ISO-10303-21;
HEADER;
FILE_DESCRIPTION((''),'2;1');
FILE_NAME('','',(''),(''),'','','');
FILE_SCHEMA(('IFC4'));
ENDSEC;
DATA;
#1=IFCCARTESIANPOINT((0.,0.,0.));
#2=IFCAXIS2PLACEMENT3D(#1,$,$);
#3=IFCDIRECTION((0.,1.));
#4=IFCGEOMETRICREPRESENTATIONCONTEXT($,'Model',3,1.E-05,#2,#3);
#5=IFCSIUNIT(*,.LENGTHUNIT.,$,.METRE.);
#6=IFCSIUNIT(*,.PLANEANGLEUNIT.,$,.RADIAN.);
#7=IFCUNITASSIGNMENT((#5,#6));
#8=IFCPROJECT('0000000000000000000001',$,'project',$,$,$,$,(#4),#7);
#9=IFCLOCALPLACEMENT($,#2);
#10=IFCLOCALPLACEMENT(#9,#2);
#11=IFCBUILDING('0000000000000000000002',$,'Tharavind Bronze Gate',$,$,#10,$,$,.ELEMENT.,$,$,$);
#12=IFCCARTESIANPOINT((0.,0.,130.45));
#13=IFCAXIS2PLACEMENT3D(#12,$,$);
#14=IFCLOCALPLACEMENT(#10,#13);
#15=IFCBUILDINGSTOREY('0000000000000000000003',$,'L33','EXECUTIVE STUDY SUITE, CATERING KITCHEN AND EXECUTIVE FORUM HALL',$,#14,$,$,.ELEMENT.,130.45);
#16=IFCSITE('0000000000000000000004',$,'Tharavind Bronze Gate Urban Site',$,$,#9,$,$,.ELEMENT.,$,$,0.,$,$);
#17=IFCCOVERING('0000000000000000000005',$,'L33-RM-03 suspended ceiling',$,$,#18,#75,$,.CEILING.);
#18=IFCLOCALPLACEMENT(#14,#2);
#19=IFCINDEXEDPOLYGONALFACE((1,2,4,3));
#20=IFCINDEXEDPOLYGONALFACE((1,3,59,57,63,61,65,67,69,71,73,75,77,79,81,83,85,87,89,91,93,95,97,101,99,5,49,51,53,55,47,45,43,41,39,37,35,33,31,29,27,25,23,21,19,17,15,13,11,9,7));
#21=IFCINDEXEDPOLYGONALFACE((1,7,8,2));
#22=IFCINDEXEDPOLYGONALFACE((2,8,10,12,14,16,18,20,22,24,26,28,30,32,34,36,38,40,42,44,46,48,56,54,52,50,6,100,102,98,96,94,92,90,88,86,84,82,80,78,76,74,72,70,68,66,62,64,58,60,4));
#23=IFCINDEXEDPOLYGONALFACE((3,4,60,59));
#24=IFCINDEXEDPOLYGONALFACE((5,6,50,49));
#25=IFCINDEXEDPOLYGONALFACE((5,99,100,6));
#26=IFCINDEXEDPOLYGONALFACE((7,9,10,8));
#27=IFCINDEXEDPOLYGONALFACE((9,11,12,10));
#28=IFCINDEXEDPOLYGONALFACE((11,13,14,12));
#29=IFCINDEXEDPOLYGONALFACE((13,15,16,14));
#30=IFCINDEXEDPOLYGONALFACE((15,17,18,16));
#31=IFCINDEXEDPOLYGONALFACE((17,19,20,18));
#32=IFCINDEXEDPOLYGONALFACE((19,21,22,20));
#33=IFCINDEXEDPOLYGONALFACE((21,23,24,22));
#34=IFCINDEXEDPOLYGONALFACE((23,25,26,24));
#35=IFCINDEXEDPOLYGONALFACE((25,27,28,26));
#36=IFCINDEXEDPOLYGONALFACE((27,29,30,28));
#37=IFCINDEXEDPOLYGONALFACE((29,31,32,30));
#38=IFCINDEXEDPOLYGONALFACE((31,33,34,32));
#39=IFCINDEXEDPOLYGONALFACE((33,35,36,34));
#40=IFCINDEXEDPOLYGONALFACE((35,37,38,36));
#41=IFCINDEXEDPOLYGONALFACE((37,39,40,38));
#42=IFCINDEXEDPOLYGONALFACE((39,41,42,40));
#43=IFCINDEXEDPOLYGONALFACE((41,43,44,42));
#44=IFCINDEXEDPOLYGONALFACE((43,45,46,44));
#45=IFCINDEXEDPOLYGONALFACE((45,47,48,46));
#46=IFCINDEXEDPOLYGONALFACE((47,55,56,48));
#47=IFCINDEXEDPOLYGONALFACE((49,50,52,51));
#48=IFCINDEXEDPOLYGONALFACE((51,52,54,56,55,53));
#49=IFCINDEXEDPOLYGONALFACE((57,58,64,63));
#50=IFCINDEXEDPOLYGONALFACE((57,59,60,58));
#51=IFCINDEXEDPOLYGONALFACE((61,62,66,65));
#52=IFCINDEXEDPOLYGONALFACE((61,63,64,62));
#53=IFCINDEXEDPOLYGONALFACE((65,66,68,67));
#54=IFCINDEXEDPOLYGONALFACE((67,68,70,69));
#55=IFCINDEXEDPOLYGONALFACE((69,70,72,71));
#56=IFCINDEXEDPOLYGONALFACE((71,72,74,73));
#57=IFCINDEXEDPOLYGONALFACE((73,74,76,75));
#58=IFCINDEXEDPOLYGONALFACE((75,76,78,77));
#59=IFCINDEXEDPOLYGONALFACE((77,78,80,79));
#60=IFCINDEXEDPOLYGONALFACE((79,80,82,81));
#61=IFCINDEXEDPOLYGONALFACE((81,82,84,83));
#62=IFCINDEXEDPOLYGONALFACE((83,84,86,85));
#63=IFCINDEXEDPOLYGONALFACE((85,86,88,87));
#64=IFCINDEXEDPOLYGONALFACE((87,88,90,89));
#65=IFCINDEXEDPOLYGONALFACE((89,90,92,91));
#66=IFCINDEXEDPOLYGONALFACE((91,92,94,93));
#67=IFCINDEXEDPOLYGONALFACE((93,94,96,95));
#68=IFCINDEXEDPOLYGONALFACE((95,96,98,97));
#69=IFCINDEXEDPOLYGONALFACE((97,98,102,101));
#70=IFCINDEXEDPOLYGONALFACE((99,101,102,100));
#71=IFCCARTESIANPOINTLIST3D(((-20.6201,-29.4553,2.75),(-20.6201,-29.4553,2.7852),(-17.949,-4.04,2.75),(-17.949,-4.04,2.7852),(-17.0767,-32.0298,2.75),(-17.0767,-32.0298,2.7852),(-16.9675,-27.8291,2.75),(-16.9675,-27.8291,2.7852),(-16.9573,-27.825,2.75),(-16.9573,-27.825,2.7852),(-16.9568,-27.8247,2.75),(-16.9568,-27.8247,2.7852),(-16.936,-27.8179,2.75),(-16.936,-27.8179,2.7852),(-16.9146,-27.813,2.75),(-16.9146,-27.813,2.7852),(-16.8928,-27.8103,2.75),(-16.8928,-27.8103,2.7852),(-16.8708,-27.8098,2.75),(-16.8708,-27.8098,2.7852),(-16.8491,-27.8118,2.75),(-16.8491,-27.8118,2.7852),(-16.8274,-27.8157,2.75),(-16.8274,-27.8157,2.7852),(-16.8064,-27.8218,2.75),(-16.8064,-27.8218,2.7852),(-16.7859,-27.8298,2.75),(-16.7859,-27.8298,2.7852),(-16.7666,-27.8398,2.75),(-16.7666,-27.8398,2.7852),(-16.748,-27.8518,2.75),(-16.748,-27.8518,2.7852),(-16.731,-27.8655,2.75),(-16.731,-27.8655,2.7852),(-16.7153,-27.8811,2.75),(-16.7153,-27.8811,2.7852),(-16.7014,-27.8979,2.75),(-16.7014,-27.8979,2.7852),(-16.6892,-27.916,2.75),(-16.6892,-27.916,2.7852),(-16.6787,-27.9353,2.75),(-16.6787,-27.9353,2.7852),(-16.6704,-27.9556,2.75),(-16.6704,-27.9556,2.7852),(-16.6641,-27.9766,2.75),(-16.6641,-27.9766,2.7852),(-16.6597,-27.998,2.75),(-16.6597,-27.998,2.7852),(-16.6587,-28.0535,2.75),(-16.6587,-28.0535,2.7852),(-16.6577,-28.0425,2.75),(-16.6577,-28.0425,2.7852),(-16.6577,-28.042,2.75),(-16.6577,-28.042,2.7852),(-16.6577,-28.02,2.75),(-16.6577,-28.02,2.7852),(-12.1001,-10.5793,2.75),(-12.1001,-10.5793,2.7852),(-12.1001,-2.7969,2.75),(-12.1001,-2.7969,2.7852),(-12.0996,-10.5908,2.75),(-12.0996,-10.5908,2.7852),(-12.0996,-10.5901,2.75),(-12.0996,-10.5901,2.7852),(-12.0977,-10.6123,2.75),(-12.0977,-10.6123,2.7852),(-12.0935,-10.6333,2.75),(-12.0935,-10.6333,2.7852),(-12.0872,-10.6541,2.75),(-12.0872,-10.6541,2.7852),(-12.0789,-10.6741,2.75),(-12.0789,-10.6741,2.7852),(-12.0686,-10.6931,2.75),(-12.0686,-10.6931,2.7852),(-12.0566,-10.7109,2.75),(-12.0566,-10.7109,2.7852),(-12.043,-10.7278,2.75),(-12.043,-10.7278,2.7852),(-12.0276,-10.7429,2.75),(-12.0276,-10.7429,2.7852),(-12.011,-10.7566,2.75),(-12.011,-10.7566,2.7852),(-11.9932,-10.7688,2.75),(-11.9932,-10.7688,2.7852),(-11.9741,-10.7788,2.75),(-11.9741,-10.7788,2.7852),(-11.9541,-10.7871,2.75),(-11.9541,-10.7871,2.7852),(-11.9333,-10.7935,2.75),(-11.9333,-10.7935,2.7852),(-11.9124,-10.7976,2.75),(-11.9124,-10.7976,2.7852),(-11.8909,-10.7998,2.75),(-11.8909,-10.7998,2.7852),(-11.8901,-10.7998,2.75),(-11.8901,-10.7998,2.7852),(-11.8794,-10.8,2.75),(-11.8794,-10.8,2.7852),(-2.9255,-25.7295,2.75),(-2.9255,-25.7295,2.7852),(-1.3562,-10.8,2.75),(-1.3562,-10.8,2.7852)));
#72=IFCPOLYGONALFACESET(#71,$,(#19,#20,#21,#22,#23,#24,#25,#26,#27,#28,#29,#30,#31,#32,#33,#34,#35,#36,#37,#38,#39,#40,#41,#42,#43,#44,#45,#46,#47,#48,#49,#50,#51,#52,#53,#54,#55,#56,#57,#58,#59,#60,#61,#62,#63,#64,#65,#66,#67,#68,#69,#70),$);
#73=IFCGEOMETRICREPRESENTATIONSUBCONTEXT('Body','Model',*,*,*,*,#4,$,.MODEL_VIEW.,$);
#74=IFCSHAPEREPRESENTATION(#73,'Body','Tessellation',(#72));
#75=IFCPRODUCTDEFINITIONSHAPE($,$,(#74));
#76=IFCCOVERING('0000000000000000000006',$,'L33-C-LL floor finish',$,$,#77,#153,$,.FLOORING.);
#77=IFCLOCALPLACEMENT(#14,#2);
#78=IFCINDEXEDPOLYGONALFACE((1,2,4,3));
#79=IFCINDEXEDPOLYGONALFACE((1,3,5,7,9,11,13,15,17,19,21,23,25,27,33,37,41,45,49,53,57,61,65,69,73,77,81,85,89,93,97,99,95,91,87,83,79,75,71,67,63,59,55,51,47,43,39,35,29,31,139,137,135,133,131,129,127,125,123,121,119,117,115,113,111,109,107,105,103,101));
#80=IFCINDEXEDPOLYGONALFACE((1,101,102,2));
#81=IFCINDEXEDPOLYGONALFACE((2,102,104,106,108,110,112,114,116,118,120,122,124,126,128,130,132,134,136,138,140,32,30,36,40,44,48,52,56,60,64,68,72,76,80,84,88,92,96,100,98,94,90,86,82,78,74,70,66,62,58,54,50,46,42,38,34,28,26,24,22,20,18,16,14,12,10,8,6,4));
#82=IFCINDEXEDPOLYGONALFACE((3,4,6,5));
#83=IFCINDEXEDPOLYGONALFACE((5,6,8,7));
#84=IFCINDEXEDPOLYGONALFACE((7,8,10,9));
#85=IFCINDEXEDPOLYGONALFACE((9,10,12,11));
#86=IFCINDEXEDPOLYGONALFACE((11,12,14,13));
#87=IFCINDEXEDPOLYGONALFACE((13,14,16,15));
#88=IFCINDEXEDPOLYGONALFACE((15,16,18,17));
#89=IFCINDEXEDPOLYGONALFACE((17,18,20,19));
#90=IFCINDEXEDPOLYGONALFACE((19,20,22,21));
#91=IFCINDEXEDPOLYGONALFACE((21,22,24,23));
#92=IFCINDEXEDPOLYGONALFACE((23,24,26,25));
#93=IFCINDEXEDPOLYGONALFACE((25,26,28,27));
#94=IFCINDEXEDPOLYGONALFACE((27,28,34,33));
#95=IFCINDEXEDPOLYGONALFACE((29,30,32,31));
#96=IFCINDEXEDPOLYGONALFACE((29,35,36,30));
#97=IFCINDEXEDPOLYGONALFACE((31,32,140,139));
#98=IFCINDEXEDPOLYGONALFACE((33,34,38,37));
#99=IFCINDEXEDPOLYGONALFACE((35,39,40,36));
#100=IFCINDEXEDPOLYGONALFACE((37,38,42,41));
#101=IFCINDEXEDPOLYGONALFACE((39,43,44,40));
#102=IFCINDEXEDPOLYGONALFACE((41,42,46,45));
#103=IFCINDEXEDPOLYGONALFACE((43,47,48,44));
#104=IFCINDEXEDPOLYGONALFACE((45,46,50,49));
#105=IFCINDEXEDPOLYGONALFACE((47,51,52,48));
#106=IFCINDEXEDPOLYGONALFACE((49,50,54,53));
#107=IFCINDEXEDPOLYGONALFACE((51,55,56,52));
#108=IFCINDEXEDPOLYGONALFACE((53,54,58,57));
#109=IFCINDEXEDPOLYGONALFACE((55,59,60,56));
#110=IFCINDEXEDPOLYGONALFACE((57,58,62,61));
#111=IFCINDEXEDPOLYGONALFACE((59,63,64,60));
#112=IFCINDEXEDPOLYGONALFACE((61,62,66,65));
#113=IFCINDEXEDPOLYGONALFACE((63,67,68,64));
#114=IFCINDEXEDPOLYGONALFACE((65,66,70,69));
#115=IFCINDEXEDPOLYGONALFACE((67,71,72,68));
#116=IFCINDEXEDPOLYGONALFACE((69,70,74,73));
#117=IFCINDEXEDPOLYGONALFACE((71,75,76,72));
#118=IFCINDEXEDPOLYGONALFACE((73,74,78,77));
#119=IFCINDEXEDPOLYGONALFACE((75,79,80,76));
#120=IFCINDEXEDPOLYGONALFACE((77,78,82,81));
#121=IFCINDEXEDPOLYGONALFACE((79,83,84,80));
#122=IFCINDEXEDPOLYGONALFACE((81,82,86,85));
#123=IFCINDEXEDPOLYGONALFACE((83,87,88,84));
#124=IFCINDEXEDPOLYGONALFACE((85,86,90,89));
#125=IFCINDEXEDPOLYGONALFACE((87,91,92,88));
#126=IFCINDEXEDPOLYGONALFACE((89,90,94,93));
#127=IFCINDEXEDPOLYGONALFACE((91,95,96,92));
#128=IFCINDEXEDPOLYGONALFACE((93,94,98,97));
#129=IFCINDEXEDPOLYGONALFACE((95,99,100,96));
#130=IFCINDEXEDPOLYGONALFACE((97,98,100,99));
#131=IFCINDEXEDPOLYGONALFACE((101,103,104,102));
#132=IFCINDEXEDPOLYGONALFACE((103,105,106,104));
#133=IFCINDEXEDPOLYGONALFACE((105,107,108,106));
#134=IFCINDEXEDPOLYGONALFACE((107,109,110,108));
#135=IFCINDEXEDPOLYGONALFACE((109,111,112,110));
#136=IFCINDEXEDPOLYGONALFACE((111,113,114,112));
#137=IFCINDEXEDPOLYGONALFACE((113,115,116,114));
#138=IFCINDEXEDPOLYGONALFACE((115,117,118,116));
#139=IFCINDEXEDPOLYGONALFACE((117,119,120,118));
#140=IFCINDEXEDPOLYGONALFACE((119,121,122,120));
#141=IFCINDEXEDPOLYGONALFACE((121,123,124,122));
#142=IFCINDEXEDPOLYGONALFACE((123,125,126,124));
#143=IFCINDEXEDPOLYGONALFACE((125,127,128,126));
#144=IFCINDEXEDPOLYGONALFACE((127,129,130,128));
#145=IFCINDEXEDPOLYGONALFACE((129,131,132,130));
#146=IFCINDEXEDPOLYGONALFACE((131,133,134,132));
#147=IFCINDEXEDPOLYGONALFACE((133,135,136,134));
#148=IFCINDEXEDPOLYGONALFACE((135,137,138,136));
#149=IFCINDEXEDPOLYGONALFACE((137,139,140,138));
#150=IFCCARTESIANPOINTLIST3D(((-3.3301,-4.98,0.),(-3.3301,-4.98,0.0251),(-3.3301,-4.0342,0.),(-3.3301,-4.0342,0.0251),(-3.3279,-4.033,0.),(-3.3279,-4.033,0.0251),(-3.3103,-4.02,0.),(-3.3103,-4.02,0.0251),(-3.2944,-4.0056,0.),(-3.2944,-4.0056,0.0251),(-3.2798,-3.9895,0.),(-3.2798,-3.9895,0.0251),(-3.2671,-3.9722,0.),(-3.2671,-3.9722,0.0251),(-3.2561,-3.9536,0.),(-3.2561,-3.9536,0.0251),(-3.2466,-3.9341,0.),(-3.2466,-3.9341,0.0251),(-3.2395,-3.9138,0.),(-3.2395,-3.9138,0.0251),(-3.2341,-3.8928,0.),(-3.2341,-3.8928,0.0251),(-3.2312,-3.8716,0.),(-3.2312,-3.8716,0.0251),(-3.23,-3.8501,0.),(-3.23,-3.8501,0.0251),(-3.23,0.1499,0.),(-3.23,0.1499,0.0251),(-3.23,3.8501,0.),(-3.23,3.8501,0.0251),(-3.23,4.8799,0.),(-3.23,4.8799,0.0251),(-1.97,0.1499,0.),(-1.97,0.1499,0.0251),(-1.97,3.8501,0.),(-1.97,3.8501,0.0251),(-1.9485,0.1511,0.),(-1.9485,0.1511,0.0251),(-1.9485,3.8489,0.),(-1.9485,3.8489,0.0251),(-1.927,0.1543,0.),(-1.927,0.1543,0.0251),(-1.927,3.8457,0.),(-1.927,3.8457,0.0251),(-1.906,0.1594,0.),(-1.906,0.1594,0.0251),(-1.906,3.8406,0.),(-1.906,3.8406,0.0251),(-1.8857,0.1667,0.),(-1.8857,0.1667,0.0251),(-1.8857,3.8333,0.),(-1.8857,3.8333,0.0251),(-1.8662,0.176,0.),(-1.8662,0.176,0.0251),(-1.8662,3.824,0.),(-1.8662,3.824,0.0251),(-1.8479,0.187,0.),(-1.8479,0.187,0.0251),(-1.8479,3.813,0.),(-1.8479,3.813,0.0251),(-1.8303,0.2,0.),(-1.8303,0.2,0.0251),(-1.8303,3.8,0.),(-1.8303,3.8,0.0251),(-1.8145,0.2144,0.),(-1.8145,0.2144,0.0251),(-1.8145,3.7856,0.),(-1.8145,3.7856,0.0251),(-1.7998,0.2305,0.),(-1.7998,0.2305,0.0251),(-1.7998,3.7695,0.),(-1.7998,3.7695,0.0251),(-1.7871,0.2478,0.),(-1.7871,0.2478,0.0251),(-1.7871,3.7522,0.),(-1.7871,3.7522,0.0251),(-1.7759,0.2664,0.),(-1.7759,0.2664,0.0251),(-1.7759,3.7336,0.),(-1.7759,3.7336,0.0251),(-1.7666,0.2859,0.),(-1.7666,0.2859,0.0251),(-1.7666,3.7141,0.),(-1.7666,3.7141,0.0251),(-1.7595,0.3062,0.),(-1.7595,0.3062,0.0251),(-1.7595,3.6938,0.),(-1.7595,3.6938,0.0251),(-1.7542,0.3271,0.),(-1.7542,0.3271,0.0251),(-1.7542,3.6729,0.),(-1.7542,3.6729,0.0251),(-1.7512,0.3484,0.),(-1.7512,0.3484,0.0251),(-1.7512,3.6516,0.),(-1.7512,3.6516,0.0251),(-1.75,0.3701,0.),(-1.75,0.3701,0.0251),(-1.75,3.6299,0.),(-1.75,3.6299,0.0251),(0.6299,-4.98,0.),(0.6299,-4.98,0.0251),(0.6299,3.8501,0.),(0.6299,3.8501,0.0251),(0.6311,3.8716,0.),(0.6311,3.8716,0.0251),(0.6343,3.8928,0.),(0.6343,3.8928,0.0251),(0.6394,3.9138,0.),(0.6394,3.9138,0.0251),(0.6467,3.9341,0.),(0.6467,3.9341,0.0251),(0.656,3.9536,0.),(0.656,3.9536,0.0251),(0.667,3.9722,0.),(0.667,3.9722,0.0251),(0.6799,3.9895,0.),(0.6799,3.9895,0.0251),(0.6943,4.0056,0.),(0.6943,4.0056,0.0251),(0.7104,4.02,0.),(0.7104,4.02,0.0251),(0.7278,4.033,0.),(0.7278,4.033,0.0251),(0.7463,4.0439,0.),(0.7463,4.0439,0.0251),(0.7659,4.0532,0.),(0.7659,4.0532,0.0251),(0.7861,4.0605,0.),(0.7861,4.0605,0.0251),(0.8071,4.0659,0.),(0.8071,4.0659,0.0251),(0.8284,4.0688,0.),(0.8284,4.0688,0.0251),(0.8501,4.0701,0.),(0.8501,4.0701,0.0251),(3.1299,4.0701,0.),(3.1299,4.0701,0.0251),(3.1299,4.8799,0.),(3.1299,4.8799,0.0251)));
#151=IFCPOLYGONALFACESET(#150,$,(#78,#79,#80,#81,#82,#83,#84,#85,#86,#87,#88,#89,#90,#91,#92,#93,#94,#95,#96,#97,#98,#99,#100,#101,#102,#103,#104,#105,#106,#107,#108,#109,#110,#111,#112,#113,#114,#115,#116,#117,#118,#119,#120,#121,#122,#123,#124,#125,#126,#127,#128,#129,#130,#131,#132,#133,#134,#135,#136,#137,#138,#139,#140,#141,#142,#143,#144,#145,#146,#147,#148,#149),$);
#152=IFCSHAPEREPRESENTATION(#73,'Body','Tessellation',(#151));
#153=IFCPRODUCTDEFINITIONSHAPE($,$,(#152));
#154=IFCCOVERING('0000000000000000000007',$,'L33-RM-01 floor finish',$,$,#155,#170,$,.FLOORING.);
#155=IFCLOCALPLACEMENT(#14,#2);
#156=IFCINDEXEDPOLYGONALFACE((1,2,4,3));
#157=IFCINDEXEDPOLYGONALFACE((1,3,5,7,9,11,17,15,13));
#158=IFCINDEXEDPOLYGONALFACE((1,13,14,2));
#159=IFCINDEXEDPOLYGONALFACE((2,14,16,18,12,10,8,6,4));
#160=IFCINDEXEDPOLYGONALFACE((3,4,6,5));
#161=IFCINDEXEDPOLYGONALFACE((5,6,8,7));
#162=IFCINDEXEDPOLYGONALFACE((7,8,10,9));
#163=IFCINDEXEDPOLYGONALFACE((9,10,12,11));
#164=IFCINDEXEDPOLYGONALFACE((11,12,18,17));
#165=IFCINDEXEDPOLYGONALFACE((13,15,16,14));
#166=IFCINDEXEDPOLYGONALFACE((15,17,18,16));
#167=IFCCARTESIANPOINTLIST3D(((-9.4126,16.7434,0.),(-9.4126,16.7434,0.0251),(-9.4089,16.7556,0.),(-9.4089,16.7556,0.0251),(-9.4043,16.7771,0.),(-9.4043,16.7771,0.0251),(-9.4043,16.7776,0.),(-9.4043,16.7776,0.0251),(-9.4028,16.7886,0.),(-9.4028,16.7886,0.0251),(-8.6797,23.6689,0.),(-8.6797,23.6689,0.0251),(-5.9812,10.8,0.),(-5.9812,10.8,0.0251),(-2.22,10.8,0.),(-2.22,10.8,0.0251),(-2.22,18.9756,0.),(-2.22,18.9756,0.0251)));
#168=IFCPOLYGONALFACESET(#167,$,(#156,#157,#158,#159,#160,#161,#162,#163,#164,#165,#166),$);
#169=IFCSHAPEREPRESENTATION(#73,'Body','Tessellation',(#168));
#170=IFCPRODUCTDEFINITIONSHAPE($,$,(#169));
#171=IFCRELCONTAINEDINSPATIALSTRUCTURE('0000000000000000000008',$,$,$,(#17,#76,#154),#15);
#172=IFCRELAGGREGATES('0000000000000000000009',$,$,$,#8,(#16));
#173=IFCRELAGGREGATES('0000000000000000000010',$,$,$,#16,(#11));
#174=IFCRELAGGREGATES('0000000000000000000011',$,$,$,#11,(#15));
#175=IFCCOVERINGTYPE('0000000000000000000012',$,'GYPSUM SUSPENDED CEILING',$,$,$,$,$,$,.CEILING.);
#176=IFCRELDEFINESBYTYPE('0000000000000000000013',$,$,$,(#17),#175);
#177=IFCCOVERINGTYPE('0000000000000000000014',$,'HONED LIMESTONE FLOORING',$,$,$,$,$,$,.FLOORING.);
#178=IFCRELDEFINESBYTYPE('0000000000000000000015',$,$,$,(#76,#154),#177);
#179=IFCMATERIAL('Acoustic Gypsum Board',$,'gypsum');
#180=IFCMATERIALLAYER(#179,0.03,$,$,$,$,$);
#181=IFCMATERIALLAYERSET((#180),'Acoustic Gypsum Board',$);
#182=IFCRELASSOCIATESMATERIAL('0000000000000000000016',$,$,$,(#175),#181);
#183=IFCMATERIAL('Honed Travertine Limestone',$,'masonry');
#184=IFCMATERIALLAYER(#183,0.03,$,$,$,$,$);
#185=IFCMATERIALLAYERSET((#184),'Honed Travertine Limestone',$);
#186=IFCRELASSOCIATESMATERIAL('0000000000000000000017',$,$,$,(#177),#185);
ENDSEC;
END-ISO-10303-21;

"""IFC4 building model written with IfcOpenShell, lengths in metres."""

from ifc_helpers import new_model, si_unit, direction, frame, origin, place, context, subcontext, project, spatial, polyline, outline, extrude, material, layer, layer_set, type_object, element, save


model = new_model("IFC4")

# Units and contexts
model_context = context("Model", 3, precision=1e-05, world=origin(), true_north=direction((0.0, 1.0)))
body_context = subcontext(model_context, "Body", "Model", "MODEL_VIEW")
ifc_project = project(units=[si_unit("LENGTHUNIT", "METRE"), si_unit("PLANEANGLEUNIT", "RADIAN")], contexts=[model_context])

# Site, building, storey
site_placement = place(None, origin())
site = spatial("IfcSite", under=ifc_project, at=site_placement, Name="Tharavind Bronze Gate Urban Site", CompositionType="ELEMENT", RefElevation=0.0)
building_placement = place(site_placement, origin())
building = spatial("IfcBuilding", under=site, at=building_placement, Name="Tharavind Bronze Gate", CompositionType="ELEMENT")
storey_placement = place(building_placement, frame((0.0, 0.0, 130.45)))
storey = spatial("IfcBuildingStorey", under=building, at=storey_placement, Name="L33", Description="EXECUTIVE STUDY SUITE, CATERING KITCHEN AND EXECUTIVE FORUM HALL", CompositionType="ELEMENT", Elevation=130.45)

# Coverings
ifc_material_1 = material(Name="Acoustic Gypsum Board", Category="gypsum")
ifc_layer_1 = layer(ifc_material_1, 0.03)
ifc_layer_set_1 = layer_set([ifc_layer_1], Name="Acoustic Gypsum Board")
covering_type_1 = type_object("IfcCoveringType", Name="GYPSUM SUSPENDED CEILING", PredefinedType="CEILING", material=ifc_layer_set_1)
covering_1_placement = place(storey_placement, frame((0.0, 0.0, 2.75)))
element("IfcCovering", 1, at=covering_1_placement, inside=storey, type_object=covering_type_1, Name="L33-RM-03 suspended ceiling", PredefinedType="CEILING", context=body_context, shape_type="SweptSolid", body=[
    extrude(outline(polyline([(-16.9675, -27.8291), (-16.9573, -27.825), (-16.9568, -27.8247), (-16.936, -27.8179), (-16.9146, -27.813), (-16.8928, -27.8103), (-16.8708, -27.8098), (-16.8491, -27.8118), (-16.8274, -27.8157), (-16.8064, -27.8218), (-16.7859, -27.8298), (-16.7666, -27.8398), (-16.748, -27.8518), (-16.731, -27.8655), (-16.7153, -27.8811), (-16.7014, -27.8979), (-16.6892, -27.916), (-16.6787, -27.9353), (-16.6704, -27.9556), (-16.6641, -27.9766), (-16.6597, -27.998), (-16.6577, -28.02), (-16.6577, -28.042), (-16.6577, -28.0425), (-16.6587, -28.0535), (-17.0767, -32.0298), (-2.9255, -25.7295), (-1.3562, -10.8), (-11.8794, -10.8), (-11.8901, -10.7998), (-11.8909, -10.7998), (-11.9124, -10.7976), (-11.9333, -10.7935), (-11.9541, -10.7871), (-11.9741, -10.7788), (-11.9932, -10.7688), (-12.011, -10.7566), (-12.0276, -10.7429), (-12.043, -10.7278), (-12.0566, -10.7109), (-12.0686, -10.6931), (-12.0789, -10.6741), (-12.0872, -10.6541), (-12.0935, -10.6333), (-12.0977, -10.6123), (-12.0996, -10.5908), (-12.0996, -10.5901), (-12.1001, -10.5793), (-12.1001, -2.7969), (-17.949, -4.04), (-20.6201, -29.4553), (-16.9675, -27.8291)])), origin(), (0.0, 0.0, 1.0), 0.0352),
])
ifc_material_2 = material(Name="Honed Travertine Limestone", Category="masonry")
ifc_layer_2 = layer(ifc_material_2, 0.03)
ifc_layer_set_2 = layer_set([ifc_layer_2], Name="Honed Travertine Limestone")
covering_type_2 = type_object("IfcCoveringType", Name="HONED LIMESTONE FLOORING", PredefinedType="FLOORING", material=ifc_layer_set_2)
covering_2_placement = place(storey_placement, origin())
element("IfcCovering", 2, at=covering_2_placement, inside=storey, type_object=covering_type_2, Name="L33-C-LL floor finish", PredefinedType="FLOORING", context=body_context, shape_type="SweptSolid", body=[
    extrude(outline(polyline([(-3.3301, -4.98), (0.6299, -4.98), (0.6299, 3.8501), (0.6311, 3.8716), (0.6343, 3.8928), (0.6394, 3.9138), (0.6467, 3.9341), (0.656, 3.9536), (0.667, 3.9722), (0.6799, 3.9895), (0.6943, 4.0056), (0.7104, 4.02), (0.7278, 4.033), (0.7463, 4.0439), (0.7659, 4.0532), (0.7861, 4.0605), (0.8071, 4.0659), (0.8284, 4.0688), (0.8501, 4.0701), (3.1299, 4.0701), (3.1299, 4.8799), (-3.23, 4.8799), (-3.23, 3.8501), (-1.97, 3.8501), (-1.9485, 3.8489), (-1.927, 3.8457), (-1.906, 3.8406), (-1.8857, 3.8333), (-1.8662, 3.824), (-1.8479, 3.813), (-1.8303, 3.8), (-1.8145, 3.7856), (-1.7998, 3.7695), (-1.7871, 3.7522), (-1.7759, 3.7336), (-1.7666, 3.7141), (-1.7595, 3.6938), (-1.7542, 3.6729), (-1.7512, 3.6516), (-1.75, 3.6299), (-1.75, 0.3701), (-1.7512, 0.3484), (-1.7542, 0.3271), (-1.7595, 0.3062), (-1.7666, 0.2859), (-1.7759, 0.2664), (-1.7871, 0.2478), (-1.7998, 0.2305), (-1.8145, 0.2144), (-1.8303, 0.2), (-1.8479, 0.187), (-1.8662, 0.176), (-1.8857, 0.1667), (-1.906, 0.1594), (-1.927, 0.1543), (-1.9485, 0.1511), (-1.97, 0.1499), (-3.23, 0.1499), (-3.23, -3.8501), (-3.2312, -3.8716), (-3.2341, -3.8928), (-3.2395, -3.9138), (-3.2466, -3.9341), (-3.2561, -3.9536), (-3.2671, -3.9722), (-3.2798, -3.9895), (-3.2944, -4.0056), (-3.3103, -4.02), (-3.3279, -4.033), (-3.3301, -4.0342), (-3.3301, -4.98)])), origin(), (0.0, 0.0, 1.0), 0.0251),
])
covering_3_placement = place(storey_placement, origin())
element("IfcCovering", 3, at=covering_3_placement, inside=storey, type_object=covering_type_2, Name="L33-RM-01 floor finish", PredefinedType="FLOORING", context=body_context, shape_type="SweptSolid", body=[
    extrude(outline(polyline([(-5.9812, 10.8), (-2.22, 10.8), (-2.22, 18.9756), (-8.6797, 23.6689), (-9.4028, 16.7886), (-9.4043, 16.7776), (-9.4043, 16.7771), (-9.4089, 16.7556), (-9.4126, 16.7434), (-5.9812, 10.8)])), origin(), (0.0, 0.0, 1.0), 0.0251),
])

save(model, "model.ifc")
